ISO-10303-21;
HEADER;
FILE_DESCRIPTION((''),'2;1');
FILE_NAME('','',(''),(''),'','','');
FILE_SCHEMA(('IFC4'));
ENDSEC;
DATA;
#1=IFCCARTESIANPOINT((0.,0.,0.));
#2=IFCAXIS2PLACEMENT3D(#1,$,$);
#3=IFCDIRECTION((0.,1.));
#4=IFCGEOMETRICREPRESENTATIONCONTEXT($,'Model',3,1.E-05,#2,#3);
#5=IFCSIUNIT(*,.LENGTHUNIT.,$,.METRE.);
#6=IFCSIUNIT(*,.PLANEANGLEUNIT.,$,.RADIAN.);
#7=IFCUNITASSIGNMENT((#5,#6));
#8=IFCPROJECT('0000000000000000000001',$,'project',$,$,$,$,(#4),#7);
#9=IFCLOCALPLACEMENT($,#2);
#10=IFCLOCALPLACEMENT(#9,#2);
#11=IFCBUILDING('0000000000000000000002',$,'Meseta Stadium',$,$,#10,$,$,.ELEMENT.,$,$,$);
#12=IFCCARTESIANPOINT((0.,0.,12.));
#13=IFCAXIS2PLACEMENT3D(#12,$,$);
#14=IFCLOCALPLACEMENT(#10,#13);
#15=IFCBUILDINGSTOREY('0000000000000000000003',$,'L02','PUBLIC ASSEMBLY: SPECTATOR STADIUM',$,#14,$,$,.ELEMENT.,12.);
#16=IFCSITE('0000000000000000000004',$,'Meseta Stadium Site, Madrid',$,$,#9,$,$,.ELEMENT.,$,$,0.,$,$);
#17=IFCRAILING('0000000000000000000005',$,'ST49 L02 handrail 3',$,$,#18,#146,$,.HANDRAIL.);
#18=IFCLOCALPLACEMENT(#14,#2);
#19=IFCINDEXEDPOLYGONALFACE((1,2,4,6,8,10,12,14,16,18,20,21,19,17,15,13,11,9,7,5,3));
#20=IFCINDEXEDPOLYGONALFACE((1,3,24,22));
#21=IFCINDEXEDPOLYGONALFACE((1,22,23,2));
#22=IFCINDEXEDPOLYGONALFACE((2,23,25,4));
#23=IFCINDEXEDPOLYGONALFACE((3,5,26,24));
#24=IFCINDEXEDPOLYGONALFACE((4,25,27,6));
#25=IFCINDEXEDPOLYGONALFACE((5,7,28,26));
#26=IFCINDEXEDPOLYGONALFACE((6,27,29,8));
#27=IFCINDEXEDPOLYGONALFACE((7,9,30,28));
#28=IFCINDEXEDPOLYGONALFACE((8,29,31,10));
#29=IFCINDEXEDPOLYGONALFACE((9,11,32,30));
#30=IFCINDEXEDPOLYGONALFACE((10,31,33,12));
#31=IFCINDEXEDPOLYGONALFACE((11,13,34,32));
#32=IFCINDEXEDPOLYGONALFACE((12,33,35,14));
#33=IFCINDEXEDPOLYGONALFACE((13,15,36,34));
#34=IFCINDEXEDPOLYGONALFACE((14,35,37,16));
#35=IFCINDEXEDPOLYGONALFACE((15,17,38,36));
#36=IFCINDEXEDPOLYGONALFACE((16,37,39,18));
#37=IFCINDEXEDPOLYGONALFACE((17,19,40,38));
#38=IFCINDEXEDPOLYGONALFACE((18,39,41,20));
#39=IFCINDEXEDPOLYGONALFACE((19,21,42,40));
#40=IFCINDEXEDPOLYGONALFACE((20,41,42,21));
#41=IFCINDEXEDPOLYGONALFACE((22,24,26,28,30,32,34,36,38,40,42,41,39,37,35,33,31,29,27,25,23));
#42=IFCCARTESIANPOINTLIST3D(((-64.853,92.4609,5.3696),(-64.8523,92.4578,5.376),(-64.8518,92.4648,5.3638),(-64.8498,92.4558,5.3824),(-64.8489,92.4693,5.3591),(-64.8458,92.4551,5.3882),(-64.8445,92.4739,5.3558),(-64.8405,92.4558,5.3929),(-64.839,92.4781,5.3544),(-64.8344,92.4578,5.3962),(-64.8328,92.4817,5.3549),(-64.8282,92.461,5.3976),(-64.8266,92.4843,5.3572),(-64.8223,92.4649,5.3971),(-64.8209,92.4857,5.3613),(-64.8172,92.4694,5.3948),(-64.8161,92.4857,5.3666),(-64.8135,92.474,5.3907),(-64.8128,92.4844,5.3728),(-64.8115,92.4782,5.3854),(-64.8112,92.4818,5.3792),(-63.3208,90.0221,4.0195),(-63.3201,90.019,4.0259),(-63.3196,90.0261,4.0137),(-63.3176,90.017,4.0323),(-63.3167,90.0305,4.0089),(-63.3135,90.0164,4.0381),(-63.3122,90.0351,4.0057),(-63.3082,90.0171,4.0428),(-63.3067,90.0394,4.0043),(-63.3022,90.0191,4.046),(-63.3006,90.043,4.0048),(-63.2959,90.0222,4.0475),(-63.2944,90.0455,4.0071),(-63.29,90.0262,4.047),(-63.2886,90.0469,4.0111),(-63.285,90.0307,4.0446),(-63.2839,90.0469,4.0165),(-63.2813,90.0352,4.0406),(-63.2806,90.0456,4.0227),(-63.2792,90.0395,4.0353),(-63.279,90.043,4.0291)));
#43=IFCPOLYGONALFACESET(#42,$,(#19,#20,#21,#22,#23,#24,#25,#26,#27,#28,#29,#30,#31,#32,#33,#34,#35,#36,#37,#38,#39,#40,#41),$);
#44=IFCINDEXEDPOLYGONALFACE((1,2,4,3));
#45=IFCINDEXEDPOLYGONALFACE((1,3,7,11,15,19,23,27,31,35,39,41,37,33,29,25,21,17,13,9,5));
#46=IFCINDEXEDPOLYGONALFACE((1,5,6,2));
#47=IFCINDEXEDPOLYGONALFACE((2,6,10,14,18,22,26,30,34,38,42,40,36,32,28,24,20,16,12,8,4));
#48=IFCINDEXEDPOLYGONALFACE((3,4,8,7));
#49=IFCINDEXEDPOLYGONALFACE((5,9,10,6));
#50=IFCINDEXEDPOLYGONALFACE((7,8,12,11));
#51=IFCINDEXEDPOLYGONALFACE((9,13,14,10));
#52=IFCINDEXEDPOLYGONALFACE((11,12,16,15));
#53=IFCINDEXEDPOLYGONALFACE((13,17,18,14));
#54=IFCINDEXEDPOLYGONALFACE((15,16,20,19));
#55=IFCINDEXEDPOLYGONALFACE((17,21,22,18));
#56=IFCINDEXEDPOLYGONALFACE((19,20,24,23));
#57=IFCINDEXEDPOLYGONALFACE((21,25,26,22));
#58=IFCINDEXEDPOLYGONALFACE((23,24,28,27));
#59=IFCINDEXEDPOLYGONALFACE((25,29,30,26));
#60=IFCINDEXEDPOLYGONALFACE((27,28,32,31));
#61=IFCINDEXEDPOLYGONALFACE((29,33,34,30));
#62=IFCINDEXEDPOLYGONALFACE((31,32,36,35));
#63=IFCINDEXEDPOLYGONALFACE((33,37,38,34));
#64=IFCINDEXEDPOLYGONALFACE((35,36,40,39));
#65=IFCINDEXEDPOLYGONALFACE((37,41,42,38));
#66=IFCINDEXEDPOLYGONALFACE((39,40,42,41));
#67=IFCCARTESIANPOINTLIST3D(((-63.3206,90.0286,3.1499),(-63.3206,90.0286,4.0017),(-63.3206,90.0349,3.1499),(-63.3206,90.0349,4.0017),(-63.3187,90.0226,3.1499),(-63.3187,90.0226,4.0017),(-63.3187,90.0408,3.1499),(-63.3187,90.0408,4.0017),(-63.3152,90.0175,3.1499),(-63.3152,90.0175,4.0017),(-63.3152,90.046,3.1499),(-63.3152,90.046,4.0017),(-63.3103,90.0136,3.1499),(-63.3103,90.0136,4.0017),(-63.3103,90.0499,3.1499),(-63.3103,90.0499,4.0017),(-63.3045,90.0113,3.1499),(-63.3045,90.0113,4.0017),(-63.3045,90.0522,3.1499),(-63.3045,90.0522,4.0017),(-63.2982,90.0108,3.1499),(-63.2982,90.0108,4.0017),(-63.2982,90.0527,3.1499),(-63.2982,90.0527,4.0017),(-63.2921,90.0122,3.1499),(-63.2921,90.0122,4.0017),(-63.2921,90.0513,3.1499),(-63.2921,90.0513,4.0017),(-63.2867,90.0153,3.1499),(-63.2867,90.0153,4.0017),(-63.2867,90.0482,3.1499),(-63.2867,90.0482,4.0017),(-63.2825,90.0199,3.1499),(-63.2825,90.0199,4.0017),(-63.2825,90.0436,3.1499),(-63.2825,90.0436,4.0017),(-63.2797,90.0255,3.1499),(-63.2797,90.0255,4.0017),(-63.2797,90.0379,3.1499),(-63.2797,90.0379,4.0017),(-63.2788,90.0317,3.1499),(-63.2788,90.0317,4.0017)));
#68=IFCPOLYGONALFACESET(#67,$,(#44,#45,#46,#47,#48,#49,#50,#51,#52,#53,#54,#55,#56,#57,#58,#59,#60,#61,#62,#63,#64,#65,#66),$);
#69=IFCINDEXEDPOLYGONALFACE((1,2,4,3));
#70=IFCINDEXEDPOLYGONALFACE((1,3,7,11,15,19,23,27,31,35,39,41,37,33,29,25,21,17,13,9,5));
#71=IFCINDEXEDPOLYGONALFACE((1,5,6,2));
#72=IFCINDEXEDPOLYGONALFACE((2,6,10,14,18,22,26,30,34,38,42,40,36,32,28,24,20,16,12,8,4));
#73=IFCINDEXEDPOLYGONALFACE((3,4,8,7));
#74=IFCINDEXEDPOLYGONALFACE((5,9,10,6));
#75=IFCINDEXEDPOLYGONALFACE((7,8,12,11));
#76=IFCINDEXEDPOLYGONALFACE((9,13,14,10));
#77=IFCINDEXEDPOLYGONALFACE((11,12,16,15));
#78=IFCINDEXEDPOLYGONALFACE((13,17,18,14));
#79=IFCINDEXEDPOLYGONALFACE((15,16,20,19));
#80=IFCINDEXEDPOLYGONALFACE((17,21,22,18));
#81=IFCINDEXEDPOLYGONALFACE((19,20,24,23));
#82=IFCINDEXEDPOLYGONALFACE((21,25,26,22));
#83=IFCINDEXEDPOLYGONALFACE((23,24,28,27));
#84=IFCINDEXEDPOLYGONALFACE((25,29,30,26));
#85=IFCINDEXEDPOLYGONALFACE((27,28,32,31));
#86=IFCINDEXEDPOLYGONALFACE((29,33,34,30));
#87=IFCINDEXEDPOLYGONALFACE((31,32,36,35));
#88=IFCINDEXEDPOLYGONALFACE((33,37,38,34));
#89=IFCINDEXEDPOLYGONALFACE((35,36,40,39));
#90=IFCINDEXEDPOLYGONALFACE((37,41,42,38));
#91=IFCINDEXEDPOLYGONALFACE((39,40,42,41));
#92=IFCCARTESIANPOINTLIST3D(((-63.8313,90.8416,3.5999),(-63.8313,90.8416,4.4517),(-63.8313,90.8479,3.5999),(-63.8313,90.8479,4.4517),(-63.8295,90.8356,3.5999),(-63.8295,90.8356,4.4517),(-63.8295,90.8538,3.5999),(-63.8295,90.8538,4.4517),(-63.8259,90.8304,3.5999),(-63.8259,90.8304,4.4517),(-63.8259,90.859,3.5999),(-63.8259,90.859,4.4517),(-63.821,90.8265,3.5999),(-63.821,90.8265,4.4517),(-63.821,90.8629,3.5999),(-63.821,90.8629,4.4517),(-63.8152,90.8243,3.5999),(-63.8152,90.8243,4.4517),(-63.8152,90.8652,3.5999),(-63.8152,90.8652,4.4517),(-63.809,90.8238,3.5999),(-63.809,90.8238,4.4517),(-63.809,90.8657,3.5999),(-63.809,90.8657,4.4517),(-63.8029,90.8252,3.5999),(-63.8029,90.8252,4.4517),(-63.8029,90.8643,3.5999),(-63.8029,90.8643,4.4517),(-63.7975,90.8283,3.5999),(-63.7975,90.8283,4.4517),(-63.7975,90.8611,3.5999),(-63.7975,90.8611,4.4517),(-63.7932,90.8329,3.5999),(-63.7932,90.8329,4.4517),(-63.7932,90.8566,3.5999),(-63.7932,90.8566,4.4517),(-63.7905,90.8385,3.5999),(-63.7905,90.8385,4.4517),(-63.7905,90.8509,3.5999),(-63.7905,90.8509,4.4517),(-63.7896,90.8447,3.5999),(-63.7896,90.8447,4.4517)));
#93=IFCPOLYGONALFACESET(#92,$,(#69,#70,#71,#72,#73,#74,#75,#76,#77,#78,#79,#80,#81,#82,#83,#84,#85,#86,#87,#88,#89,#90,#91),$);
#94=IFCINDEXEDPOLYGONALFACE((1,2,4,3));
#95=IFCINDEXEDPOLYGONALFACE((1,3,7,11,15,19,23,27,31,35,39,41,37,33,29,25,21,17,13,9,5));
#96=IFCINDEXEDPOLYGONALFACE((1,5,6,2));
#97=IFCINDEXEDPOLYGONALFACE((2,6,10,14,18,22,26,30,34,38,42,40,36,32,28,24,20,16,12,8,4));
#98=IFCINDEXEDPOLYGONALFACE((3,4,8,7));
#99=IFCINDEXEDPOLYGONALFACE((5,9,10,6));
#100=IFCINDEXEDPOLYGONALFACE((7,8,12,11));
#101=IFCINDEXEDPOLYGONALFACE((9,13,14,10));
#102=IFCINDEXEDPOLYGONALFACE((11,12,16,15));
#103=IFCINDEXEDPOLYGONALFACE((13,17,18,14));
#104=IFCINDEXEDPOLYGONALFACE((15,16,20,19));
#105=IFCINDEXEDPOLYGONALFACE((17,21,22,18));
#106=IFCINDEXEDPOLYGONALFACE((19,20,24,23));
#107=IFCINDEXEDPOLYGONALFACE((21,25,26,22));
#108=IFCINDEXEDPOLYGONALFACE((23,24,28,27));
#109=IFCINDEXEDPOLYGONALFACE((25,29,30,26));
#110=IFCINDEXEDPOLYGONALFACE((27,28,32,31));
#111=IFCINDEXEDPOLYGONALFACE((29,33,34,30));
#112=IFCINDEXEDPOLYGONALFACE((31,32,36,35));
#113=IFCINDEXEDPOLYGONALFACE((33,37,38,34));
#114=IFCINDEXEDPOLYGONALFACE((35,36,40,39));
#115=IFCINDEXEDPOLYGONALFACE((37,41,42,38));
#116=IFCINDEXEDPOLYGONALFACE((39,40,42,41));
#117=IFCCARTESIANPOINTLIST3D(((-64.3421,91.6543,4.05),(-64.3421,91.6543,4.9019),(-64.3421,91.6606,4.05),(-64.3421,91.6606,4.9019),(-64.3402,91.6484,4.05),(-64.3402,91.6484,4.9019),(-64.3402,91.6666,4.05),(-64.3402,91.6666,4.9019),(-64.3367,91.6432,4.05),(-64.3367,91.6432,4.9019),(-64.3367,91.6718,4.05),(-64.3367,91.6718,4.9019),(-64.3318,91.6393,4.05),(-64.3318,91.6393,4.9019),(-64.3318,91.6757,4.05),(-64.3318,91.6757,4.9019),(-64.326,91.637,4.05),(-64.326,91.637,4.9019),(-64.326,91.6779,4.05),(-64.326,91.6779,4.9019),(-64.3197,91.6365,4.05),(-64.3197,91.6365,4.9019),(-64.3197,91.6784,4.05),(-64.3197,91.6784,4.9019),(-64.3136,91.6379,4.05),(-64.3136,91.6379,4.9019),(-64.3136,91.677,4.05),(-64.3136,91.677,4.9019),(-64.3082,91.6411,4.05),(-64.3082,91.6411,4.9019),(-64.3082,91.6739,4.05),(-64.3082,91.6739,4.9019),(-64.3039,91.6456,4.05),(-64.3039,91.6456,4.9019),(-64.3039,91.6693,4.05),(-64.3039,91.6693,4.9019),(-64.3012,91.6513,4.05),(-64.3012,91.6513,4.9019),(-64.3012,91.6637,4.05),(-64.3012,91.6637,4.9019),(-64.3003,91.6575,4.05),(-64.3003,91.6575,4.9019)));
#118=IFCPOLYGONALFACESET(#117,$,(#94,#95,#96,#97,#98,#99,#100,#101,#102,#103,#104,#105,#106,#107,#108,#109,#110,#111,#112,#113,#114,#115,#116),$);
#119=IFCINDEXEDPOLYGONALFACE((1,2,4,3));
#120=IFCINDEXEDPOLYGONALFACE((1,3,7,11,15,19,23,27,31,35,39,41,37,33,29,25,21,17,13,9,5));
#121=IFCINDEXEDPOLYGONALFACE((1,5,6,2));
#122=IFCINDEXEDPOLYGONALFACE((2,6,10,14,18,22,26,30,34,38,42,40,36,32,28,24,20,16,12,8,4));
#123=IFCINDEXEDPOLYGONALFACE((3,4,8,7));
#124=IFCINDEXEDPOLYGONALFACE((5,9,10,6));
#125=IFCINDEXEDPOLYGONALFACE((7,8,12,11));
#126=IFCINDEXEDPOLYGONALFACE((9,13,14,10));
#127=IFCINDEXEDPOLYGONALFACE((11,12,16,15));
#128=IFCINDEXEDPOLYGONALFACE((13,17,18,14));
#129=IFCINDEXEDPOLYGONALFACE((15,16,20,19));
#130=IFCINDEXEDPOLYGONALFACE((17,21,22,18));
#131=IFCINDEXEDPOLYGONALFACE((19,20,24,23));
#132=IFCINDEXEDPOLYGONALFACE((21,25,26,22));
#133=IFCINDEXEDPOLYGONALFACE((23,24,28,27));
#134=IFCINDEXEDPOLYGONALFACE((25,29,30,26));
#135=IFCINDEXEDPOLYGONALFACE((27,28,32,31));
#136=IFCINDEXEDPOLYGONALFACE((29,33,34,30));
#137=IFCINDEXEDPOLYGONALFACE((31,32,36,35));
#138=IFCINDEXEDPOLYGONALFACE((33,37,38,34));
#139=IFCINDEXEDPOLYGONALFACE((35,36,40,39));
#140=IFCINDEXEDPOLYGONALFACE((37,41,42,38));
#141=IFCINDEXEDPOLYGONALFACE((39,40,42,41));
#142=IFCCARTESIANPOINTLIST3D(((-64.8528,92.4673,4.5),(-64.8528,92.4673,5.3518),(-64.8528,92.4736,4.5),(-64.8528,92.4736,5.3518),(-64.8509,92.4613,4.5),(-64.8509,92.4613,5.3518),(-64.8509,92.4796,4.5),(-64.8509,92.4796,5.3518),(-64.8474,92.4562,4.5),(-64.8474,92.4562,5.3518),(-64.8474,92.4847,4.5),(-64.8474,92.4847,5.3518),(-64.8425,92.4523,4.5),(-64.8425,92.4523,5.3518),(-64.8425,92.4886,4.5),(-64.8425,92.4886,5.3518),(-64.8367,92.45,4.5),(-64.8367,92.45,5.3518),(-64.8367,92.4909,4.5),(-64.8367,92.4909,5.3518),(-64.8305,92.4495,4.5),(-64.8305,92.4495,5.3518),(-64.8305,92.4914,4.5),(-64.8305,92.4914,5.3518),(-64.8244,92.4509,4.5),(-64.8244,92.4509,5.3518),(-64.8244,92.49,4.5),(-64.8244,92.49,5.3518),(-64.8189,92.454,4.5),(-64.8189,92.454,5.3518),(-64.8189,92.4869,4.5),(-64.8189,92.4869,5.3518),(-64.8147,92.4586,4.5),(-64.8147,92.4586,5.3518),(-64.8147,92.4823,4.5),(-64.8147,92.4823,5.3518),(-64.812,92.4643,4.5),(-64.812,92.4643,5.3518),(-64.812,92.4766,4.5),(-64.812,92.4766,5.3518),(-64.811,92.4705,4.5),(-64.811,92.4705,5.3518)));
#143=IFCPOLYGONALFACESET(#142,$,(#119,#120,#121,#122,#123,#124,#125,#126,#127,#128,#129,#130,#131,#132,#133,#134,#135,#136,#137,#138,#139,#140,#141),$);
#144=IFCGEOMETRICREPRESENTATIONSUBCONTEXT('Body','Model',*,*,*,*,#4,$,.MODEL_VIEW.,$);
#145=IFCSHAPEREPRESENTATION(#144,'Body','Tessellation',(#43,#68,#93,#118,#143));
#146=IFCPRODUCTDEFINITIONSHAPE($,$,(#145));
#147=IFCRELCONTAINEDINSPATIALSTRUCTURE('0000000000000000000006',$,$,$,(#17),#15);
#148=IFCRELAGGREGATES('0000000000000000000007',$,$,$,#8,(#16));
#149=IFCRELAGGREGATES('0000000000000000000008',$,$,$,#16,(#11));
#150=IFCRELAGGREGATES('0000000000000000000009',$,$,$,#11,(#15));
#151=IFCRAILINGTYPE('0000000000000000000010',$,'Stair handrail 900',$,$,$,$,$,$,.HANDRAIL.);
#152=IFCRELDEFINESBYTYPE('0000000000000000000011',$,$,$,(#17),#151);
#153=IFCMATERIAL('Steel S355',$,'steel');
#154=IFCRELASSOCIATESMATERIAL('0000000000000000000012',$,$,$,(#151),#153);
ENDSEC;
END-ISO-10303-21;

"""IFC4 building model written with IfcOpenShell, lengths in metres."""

from ifc_helpers import new_model, si_unit, direction, frame, origin, origin_2d, place, context, subcontext, project, spatial, circle, extrude, material, type_object, element, save


model = new_model("IFC4")

# Units and contexts
model_context = context("Model", 3, precision=1e-05, world=origin(), true_north=direction((0.0, 1.0)))
body_context = subcontext(model_context, "Body", "Model", "MODEL_VIEW")
ifc_project = project(units=[si_unit("LENGTHUNIT", "METRE"), si_unit("PLANEANGLEUNIT", "RADIAN")], contexts=[model_context])

# Site, building, storey
site_placement = place(None, origin())
site = spatial("IfcSite", under=ifc_project, at=site_placement, Name="Meseta Stadium Site, Madrid", CompositionType="ELEMENT", RefElevation=0.0)
building_placement = place(site_placement, origin())
building = spatial("IfcBuilding", under=site, at=building_placement, Name="Meseta Stadium", CompositionType="ELEMENT")
storey_placement = place(building_placement, frame((0.0, 0.0, 12.0)))
storey = spatial("IfcBuildingStorey", under=building, at=storey_placement, Name="L02", Description="PUBLIC ASSEMBLY: SPECTATOR STADIUM", CompositionType="ELEMENT", Elevation=12.0)

# Railing
ifc_material_1 = material(Name="Steel S355", Category="steel")
railing_type_1 = type_object("IfcRailingType", Name="Stair handrail 900", PredefinedType="HANDRAIL", material=ifc_material_1)
railing_1_placement = place(storey_placement, frame((-63.2998, 90.0317, 3.1499)))
element("IfcRailing", 1, at=railing_1_placement, inside=storey, type_object=railing_type_1, Name="ST49 L02 handrail 3", PredefinedType="HANDRAIL", context=body_context, shape_type="SweptSolid", body=[
    extrude(circle(Radius=0.0239, at=origin_2d()), frame((0.0, 0.0, 0.876), z_axis=(-0.481703, 0.766687, 0.424445), x_axis=(-0.846743, -0.532001, 0.0)), (0.0, 0.0, 1.0), 3.1809),
    extrude(circle(Radius=0.021, at=origin_2d()), origin(), (0.0, 0.0, 1.0), 0.8518),
    extrude(circle(Radius=0.021, at=origin_2d()), frame((-0.5107, 0.813, 0.45)), (0.0, 0.0, 1.0), 0.8518),
    extrude(circle(Radius=0.021, at=origin_2d()), frame((-1.0215, 1.6257, 0.9001)), (0.0, 0.0, 1.0), 0.8518),
    extrude(circle(Radius=0.021, at=origin_2d()), frame((-1.5322, 2.4387, 1.3501)), (0.0, 0.0, 1.0), 0.8518),
])

save(model, "model.ifc")
